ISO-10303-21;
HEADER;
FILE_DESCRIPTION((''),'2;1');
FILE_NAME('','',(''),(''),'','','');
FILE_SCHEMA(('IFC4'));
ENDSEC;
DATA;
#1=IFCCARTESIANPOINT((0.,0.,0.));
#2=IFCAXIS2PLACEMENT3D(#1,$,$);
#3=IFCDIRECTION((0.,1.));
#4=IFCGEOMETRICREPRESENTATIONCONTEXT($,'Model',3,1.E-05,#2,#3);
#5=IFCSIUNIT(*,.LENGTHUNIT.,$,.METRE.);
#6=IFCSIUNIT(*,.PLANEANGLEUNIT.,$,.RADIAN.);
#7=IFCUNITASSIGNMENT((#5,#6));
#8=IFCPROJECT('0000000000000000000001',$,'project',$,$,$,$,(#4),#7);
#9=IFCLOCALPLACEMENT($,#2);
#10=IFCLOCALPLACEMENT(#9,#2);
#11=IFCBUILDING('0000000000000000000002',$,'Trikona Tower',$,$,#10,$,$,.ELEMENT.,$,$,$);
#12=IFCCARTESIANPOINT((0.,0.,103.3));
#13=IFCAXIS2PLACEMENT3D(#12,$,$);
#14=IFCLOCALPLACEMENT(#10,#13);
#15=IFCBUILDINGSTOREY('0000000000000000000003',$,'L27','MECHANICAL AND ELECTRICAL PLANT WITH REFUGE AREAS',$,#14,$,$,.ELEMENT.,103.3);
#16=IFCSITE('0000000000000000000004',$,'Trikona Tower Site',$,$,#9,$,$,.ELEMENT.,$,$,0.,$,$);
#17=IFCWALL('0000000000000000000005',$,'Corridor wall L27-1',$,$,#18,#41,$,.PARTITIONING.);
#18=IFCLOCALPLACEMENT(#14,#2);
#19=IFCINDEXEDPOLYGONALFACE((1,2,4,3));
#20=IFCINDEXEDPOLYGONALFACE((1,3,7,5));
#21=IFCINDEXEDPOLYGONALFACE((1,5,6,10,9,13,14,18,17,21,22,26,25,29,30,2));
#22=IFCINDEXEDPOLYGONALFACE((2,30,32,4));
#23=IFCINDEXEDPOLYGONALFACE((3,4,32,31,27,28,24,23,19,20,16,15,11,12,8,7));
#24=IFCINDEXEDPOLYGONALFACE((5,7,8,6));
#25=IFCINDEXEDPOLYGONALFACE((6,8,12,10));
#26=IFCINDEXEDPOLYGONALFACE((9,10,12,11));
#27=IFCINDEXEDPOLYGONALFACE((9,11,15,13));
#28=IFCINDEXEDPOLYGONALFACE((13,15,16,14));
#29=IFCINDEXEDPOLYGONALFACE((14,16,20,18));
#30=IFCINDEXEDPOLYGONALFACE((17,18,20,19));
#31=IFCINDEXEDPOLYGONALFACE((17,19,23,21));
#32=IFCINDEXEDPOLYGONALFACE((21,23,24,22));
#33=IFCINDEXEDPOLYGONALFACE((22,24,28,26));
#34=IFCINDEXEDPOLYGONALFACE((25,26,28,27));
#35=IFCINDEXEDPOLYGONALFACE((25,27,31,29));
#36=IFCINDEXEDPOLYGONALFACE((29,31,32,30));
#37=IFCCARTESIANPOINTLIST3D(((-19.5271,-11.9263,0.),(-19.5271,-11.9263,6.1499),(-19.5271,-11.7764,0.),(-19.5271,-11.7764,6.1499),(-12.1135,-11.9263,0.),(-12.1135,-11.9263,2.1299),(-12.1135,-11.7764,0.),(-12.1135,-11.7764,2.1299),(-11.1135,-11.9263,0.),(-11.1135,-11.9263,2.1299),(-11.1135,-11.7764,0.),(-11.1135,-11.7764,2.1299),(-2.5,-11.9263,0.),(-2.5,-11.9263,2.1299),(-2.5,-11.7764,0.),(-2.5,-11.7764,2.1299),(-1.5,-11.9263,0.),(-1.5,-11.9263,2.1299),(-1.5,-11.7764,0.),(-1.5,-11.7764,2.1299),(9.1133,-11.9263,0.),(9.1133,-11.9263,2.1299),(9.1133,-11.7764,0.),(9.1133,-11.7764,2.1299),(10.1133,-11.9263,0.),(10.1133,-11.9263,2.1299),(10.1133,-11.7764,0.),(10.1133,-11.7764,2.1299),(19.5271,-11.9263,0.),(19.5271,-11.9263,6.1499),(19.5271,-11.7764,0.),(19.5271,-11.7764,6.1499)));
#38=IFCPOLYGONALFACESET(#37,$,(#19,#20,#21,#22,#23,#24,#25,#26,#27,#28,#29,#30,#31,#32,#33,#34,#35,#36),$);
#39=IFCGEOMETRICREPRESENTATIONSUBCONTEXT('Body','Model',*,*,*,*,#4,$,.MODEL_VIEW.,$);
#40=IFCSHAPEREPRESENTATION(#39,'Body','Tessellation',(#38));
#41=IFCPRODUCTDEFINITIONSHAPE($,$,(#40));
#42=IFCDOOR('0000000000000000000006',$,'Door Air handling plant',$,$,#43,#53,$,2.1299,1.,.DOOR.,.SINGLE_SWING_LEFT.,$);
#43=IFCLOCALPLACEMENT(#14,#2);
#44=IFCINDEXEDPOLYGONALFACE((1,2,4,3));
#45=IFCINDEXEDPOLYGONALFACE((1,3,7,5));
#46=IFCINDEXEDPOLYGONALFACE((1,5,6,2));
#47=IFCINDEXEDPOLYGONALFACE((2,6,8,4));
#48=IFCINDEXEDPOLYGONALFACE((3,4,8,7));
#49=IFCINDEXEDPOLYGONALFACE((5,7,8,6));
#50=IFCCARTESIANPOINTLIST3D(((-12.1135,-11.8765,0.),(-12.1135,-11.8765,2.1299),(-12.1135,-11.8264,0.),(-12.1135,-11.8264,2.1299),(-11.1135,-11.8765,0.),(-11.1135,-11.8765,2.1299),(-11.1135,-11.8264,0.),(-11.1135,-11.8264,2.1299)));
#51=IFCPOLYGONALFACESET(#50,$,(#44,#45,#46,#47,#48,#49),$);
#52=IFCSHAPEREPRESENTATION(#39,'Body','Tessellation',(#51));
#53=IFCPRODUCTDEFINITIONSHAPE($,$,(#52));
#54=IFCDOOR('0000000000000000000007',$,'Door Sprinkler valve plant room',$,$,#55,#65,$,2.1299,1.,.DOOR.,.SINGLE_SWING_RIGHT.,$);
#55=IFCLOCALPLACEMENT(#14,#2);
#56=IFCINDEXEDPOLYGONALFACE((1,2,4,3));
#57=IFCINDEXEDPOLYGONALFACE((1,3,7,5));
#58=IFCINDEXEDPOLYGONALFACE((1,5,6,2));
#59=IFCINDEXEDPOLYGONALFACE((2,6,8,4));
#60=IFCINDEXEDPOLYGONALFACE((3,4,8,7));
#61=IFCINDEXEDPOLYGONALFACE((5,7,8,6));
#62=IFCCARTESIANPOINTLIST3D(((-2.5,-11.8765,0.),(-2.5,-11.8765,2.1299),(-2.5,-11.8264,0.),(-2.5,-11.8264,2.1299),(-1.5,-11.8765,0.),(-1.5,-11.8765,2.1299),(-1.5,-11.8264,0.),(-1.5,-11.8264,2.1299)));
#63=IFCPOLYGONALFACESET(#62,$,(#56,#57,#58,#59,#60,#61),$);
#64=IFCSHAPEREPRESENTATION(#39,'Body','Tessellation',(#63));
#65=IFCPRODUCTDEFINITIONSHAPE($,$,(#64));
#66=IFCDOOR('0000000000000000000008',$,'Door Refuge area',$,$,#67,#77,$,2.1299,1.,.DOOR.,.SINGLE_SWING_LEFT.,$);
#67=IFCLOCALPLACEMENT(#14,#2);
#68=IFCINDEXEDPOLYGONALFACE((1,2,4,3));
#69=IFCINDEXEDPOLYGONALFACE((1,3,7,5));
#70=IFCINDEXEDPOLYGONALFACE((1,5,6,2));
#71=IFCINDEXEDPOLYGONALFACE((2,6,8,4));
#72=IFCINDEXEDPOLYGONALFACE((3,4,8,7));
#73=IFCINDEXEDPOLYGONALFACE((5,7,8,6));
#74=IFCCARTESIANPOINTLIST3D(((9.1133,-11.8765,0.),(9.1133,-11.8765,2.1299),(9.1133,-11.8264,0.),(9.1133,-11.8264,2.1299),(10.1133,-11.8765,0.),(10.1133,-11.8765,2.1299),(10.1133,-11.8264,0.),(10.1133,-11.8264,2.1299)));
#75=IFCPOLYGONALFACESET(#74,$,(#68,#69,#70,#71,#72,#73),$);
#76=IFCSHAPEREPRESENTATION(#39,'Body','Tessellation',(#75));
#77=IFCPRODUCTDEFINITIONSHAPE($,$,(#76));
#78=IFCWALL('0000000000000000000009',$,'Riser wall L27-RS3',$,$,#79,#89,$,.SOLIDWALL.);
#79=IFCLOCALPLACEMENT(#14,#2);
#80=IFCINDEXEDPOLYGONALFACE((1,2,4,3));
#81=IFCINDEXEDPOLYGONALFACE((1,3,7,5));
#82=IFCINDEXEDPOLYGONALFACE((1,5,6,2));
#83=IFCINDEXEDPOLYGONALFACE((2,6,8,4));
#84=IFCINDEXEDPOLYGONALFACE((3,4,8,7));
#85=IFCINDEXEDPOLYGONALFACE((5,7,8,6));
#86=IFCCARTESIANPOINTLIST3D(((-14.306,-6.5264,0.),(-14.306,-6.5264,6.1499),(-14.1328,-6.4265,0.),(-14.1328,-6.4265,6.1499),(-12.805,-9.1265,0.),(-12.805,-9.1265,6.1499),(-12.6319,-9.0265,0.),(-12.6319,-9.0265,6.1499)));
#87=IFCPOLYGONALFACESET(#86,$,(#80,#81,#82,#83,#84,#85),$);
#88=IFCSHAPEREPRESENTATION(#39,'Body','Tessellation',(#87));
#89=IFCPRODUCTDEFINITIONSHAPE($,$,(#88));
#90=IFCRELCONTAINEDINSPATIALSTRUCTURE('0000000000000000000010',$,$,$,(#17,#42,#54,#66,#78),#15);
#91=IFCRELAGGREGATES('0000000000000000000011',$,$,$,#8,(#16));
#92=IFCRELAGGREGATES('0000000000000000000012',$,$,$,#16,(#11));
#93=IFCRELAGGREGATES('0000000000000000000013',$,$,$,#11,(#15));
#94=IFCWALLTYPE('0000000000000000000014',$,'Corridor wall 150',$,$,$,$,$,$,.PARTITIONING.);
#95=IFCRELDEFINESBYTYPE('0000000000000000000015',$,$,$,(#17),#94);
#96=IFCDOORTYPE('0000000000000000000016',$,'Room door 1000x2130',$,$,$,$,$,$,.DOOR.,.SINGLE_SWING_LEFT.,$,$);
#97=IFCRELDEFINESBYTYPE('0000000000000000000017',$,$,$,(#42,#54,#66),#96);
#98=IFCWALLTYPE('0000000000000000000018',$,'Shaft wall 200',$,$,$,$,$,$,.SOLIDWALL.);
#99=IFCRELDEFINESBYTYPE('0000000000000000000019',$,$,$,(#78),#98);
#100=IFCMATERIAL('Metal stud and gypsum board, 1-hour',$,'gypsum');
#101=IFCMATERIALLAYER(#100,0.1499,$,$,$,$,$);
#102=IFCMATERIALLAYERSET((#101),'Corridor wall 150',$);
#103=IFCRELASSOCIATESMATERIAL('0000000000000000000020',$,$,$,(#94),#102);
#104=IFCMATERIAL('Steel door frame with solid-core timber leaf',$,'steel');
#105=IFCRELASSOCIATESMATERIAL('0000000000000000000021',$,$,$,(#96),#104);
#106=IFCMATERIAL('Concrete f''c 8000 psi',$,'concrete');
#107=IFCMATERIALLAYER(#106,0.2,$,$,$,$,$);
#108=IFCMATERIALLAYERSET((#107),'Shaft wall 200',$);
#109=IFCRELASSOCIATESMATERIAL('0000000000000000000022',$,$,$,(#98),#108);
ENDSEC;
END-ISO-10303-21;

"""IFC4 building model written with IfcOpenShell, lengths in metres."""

from ifc_helpers import new_model, si_unit, direction, frame, frame_2d, origin, place, context, subcontext, project, spatial, rectangle, extrude, material, layer, layer_set, type_object, element, fill, save


model = new_model("IFC4")

# Units and contexts
model_context = context("Model", 3, precision=1e-05, world=origin(), true_north=direction((0.0, 1.0)))
body_context = subcontext(model_context, "Body", "Model", "MODEL_VIEW")
ifc_project = project(units=[si_unit("LENGTHUNIT", "METRE"), si_unit("PLANEANGLEUNIT", "RADIAN")], contexts=[model_context])

# Site, building, storey
site_placement = place(None, origin())
site = spatial("IfcSite", under=ifc_project, at=site_placement, Name="Trikona Tower Site", CompositionType="ELEMENT", RefElevation=0.0)
building_placement = place(site_placement, origin())
building = spatial("IfcBuilding", under=site, at=building_placement, Name="Trikona Tower", CompositionType="ELEMENT")
storey_placement = place(building_placement, frame((0.0, 0.0, 103.3)))
storey = spatial("IfcBuildingStorey", under=building, at=storey_placement, Name="L27", Description="MECHANICAL AND ELECTRICAL PLANT WITH REFUGE AREAS", CompositionType="ELEMENT", Elevation=103.3)

# Wall, openings, doors
ifc_material_1 = material(Name="Metal stud and gypsum board, 1-hour", Category="gypsum")
ifc_layer_1 = layer(ifc_material_1, 0.1499)
ifc_layer_set_1 = layer_set([ifc_layer_1], Name="Corridor wall 150")
wall_type_1 = type_object("IfcWallType", Name="Corridor wall 150", PredefinedType="PARTITIONING", material=ifc_layer_set_1)
wall_1_placement = place(storey_placement, frame((-19.5271, -11.8513, 0.0), z_axis=(0.0, 0.0, 1.0), x_axis=(1.0, 0.0, 0.0)))
wall_1 = element("IfcWall", 1, at=wall_1_placement, inside=storey, type_object=wall_type_1, Name="Corridor wall L27-1", PredefinedType="PARTITIONING", context=body_context, shape_type="SweptSolid", body=[
    extrude(rectangle(XDim=39.0542, YDim=0.1499, at=frame_2d((19.5271, 0.0))), origin(), (0.0, 0.0, 1.0), 6.1499),
])
opening_1_placement = place(wall_1_placement, frame((7.4136, 0.0, 0.0)))
opening_1 = element("IfcOpeningElement", 2, at=opening_1_placement, cuts=wall_1, PredefinedType="OPENING", context=body_context, shape_type="SweptSolid", body=[
    extrude(rectangle(XDim=1.0, YDim=2.1299, at=frame_2d((0.5, 1.0649))), frame((0.0, 0.085, 0.0), z_axis=(0.0, -1.0, 0.0), x_axis=(1.0, 0.0, 0.0)), (0.0, 0.0, 1.0), 0.1699),
])
opening_2_placement = place(wall_1_placement, frame((17.0271, 0.0, 0.0)))
opening_2 = element("IfcOpeningElement", 3, at=opening_2_placement, cuts=wall_1, PredefinedType="OPENING", context=body_context, shape_type="SweptSolid", body=[
    extrude(rectangle(XDim=1.0, YDim=2.1299, at=frame_2d((0.5, 1.0649))), frame((0.0, 0.085, 0.0), z_axis=(0.0, -1.0, 0.0), x_axis=(1.0, 0.0, 0.0)), (0.0, 0.0, 1.0), 0.1699),
])
opening_3_placement = place(wall_1_placement, frame((28.6404, 0.0, 0.0)))
opening_3 = element("IfcOpeningElement", 4, at=opening_3_placement, cuts=wall_1, PredefinedType="OPENING", context=body_context, shape_type="SweptSolid", body=[
    extrude(rectangle(XDim=1.0, YDim=2.1299, at=frame_2d((0.5, 1.0649))), frame((0.0, 0.085, 0.0), z_axis=(0.0, -1.0, 0.0), x_axis=(1.0, 0.0, 0.0)), (0.0, 0.0, 1.0), 0.1699),
])
ifc_material_2 = material(Name="Steel door frame with solid-core timber leaf", Category="steel")
door_type_1 = type_object("IfcDoorType", Name="Room door 1000x2130", OperationType="SINGLE_SWING_LEFT", PredefinedType="DOOR", material=ifc_material_2)
door_1_placement = place(opening_1_placement, origin())
door_1 = element("IfcDoor", 5, at=door_1_placement, inside=storey, type_object=door_type_1, Name="Door Air handling plant", OperationType="SINGLE_SWING_LEFT", OverallHeight=2.1299, OverallWidth=1.0, PredefinedType="DOOR", context=body_context, shape_type="SweptSolid", body=[
    extrude(rectangle(XDim=1.0, YDim=2.1299, at=frame_2d((0.5, 1.0649))), frame((0.0, 0.0249, 0.0), z_axis=(0.0, -1.0, 0.0), x_axis=(1.0, 0.0, 0.0)), (0.0, 0.0, 1.0), 0.05),
])
fill(opening_1, door_1)
door_2_placement = place(opening_2_placement, origin())
door_2 = element("IfcDoor", 6, at=door_2_placement, inside=storey, type_object=door_type_1, Name="Door Sprinkler valve plant room", OperationType="SINGLE_SWING_RIGHT", OverallHeight=2.1299, OverallWidth=1.0, PredefinedType="DOOR", context=body_context, shape_type="SweptSolid", body=[
    extrude(rectangle(XDim=1.0, YDim=2.1299, at=frame_2d((0.5, 1.0649))), frame((0.0, 0.0249, 0.0), z_axis=(0.0, -1.0, 0.0), x_axis=(1.0, 0.0, 0.0)), (0.0, 0.0, 1.0), 0.05),
])
fill(opening_2, door_2)
door_3_placement = place(opening_3_placement, origin())
door_3 = element("IfcDoor", 7, at=door_3_placement, inside=storey, type_object=door_type_1, Name="Door Refuge area", OperationType="SINGLE_SWING_LEFT", OverallHeight=2.1299, OverallWidth=1.0, PredefinedType="DOOR", context=body_context, shape_type="SweptSolid", body=[
    extrude(rectangle(XDim=1.0, YDim=2.1299, at=frame_2d((0.5, 1.0649))), frame((0.0, 0.0249, 0.0), z_axis=(0.0, -1.0, 0.0), x_axis=(1.0, 0.0, 0.0)), (0.0, 0.0, 1.0), 0.05),
])
fill(opening_3, door_3)

# Wall
ifc_material_3 = material(Name="Concrete f'c 8000 psi", Category="concrete")
ifc_layer_2 = layer(ifc_material_3, 0.2)
ifc_layer_set_2 = layer_set([ifc_layer_2], Name="Shaft wall 200")
wall_type_2 = type_object("IfcWallType", Name="Shaft wall 200", PredefinedType="SOLIDWALL", material=ifc_layer_set_2)
wall_2_placement = place(storey_placement, frame((-12.7185, -9.0764, 0.0), z_axis=(0.0, 0.0, 1.0), x_axis=(-0.499952, 0.866053, 0.0)))
element("IfcWall", 8, at=wall_2_placement, inside=storey, type_object=wall_type_2, Name="Riser wall L27-RS3", PredefinedType="SOLIDWALL", context=body_context, shape_type="SweptSolid", body=[
    extrude(rectangle(XDim=3.0022, YDim=0.2, at=frame_2d((1.501, 0.0))), origin(), (0.0, 0.0, 1.0), 6.1499),
])

save(model, "model.ifc")
